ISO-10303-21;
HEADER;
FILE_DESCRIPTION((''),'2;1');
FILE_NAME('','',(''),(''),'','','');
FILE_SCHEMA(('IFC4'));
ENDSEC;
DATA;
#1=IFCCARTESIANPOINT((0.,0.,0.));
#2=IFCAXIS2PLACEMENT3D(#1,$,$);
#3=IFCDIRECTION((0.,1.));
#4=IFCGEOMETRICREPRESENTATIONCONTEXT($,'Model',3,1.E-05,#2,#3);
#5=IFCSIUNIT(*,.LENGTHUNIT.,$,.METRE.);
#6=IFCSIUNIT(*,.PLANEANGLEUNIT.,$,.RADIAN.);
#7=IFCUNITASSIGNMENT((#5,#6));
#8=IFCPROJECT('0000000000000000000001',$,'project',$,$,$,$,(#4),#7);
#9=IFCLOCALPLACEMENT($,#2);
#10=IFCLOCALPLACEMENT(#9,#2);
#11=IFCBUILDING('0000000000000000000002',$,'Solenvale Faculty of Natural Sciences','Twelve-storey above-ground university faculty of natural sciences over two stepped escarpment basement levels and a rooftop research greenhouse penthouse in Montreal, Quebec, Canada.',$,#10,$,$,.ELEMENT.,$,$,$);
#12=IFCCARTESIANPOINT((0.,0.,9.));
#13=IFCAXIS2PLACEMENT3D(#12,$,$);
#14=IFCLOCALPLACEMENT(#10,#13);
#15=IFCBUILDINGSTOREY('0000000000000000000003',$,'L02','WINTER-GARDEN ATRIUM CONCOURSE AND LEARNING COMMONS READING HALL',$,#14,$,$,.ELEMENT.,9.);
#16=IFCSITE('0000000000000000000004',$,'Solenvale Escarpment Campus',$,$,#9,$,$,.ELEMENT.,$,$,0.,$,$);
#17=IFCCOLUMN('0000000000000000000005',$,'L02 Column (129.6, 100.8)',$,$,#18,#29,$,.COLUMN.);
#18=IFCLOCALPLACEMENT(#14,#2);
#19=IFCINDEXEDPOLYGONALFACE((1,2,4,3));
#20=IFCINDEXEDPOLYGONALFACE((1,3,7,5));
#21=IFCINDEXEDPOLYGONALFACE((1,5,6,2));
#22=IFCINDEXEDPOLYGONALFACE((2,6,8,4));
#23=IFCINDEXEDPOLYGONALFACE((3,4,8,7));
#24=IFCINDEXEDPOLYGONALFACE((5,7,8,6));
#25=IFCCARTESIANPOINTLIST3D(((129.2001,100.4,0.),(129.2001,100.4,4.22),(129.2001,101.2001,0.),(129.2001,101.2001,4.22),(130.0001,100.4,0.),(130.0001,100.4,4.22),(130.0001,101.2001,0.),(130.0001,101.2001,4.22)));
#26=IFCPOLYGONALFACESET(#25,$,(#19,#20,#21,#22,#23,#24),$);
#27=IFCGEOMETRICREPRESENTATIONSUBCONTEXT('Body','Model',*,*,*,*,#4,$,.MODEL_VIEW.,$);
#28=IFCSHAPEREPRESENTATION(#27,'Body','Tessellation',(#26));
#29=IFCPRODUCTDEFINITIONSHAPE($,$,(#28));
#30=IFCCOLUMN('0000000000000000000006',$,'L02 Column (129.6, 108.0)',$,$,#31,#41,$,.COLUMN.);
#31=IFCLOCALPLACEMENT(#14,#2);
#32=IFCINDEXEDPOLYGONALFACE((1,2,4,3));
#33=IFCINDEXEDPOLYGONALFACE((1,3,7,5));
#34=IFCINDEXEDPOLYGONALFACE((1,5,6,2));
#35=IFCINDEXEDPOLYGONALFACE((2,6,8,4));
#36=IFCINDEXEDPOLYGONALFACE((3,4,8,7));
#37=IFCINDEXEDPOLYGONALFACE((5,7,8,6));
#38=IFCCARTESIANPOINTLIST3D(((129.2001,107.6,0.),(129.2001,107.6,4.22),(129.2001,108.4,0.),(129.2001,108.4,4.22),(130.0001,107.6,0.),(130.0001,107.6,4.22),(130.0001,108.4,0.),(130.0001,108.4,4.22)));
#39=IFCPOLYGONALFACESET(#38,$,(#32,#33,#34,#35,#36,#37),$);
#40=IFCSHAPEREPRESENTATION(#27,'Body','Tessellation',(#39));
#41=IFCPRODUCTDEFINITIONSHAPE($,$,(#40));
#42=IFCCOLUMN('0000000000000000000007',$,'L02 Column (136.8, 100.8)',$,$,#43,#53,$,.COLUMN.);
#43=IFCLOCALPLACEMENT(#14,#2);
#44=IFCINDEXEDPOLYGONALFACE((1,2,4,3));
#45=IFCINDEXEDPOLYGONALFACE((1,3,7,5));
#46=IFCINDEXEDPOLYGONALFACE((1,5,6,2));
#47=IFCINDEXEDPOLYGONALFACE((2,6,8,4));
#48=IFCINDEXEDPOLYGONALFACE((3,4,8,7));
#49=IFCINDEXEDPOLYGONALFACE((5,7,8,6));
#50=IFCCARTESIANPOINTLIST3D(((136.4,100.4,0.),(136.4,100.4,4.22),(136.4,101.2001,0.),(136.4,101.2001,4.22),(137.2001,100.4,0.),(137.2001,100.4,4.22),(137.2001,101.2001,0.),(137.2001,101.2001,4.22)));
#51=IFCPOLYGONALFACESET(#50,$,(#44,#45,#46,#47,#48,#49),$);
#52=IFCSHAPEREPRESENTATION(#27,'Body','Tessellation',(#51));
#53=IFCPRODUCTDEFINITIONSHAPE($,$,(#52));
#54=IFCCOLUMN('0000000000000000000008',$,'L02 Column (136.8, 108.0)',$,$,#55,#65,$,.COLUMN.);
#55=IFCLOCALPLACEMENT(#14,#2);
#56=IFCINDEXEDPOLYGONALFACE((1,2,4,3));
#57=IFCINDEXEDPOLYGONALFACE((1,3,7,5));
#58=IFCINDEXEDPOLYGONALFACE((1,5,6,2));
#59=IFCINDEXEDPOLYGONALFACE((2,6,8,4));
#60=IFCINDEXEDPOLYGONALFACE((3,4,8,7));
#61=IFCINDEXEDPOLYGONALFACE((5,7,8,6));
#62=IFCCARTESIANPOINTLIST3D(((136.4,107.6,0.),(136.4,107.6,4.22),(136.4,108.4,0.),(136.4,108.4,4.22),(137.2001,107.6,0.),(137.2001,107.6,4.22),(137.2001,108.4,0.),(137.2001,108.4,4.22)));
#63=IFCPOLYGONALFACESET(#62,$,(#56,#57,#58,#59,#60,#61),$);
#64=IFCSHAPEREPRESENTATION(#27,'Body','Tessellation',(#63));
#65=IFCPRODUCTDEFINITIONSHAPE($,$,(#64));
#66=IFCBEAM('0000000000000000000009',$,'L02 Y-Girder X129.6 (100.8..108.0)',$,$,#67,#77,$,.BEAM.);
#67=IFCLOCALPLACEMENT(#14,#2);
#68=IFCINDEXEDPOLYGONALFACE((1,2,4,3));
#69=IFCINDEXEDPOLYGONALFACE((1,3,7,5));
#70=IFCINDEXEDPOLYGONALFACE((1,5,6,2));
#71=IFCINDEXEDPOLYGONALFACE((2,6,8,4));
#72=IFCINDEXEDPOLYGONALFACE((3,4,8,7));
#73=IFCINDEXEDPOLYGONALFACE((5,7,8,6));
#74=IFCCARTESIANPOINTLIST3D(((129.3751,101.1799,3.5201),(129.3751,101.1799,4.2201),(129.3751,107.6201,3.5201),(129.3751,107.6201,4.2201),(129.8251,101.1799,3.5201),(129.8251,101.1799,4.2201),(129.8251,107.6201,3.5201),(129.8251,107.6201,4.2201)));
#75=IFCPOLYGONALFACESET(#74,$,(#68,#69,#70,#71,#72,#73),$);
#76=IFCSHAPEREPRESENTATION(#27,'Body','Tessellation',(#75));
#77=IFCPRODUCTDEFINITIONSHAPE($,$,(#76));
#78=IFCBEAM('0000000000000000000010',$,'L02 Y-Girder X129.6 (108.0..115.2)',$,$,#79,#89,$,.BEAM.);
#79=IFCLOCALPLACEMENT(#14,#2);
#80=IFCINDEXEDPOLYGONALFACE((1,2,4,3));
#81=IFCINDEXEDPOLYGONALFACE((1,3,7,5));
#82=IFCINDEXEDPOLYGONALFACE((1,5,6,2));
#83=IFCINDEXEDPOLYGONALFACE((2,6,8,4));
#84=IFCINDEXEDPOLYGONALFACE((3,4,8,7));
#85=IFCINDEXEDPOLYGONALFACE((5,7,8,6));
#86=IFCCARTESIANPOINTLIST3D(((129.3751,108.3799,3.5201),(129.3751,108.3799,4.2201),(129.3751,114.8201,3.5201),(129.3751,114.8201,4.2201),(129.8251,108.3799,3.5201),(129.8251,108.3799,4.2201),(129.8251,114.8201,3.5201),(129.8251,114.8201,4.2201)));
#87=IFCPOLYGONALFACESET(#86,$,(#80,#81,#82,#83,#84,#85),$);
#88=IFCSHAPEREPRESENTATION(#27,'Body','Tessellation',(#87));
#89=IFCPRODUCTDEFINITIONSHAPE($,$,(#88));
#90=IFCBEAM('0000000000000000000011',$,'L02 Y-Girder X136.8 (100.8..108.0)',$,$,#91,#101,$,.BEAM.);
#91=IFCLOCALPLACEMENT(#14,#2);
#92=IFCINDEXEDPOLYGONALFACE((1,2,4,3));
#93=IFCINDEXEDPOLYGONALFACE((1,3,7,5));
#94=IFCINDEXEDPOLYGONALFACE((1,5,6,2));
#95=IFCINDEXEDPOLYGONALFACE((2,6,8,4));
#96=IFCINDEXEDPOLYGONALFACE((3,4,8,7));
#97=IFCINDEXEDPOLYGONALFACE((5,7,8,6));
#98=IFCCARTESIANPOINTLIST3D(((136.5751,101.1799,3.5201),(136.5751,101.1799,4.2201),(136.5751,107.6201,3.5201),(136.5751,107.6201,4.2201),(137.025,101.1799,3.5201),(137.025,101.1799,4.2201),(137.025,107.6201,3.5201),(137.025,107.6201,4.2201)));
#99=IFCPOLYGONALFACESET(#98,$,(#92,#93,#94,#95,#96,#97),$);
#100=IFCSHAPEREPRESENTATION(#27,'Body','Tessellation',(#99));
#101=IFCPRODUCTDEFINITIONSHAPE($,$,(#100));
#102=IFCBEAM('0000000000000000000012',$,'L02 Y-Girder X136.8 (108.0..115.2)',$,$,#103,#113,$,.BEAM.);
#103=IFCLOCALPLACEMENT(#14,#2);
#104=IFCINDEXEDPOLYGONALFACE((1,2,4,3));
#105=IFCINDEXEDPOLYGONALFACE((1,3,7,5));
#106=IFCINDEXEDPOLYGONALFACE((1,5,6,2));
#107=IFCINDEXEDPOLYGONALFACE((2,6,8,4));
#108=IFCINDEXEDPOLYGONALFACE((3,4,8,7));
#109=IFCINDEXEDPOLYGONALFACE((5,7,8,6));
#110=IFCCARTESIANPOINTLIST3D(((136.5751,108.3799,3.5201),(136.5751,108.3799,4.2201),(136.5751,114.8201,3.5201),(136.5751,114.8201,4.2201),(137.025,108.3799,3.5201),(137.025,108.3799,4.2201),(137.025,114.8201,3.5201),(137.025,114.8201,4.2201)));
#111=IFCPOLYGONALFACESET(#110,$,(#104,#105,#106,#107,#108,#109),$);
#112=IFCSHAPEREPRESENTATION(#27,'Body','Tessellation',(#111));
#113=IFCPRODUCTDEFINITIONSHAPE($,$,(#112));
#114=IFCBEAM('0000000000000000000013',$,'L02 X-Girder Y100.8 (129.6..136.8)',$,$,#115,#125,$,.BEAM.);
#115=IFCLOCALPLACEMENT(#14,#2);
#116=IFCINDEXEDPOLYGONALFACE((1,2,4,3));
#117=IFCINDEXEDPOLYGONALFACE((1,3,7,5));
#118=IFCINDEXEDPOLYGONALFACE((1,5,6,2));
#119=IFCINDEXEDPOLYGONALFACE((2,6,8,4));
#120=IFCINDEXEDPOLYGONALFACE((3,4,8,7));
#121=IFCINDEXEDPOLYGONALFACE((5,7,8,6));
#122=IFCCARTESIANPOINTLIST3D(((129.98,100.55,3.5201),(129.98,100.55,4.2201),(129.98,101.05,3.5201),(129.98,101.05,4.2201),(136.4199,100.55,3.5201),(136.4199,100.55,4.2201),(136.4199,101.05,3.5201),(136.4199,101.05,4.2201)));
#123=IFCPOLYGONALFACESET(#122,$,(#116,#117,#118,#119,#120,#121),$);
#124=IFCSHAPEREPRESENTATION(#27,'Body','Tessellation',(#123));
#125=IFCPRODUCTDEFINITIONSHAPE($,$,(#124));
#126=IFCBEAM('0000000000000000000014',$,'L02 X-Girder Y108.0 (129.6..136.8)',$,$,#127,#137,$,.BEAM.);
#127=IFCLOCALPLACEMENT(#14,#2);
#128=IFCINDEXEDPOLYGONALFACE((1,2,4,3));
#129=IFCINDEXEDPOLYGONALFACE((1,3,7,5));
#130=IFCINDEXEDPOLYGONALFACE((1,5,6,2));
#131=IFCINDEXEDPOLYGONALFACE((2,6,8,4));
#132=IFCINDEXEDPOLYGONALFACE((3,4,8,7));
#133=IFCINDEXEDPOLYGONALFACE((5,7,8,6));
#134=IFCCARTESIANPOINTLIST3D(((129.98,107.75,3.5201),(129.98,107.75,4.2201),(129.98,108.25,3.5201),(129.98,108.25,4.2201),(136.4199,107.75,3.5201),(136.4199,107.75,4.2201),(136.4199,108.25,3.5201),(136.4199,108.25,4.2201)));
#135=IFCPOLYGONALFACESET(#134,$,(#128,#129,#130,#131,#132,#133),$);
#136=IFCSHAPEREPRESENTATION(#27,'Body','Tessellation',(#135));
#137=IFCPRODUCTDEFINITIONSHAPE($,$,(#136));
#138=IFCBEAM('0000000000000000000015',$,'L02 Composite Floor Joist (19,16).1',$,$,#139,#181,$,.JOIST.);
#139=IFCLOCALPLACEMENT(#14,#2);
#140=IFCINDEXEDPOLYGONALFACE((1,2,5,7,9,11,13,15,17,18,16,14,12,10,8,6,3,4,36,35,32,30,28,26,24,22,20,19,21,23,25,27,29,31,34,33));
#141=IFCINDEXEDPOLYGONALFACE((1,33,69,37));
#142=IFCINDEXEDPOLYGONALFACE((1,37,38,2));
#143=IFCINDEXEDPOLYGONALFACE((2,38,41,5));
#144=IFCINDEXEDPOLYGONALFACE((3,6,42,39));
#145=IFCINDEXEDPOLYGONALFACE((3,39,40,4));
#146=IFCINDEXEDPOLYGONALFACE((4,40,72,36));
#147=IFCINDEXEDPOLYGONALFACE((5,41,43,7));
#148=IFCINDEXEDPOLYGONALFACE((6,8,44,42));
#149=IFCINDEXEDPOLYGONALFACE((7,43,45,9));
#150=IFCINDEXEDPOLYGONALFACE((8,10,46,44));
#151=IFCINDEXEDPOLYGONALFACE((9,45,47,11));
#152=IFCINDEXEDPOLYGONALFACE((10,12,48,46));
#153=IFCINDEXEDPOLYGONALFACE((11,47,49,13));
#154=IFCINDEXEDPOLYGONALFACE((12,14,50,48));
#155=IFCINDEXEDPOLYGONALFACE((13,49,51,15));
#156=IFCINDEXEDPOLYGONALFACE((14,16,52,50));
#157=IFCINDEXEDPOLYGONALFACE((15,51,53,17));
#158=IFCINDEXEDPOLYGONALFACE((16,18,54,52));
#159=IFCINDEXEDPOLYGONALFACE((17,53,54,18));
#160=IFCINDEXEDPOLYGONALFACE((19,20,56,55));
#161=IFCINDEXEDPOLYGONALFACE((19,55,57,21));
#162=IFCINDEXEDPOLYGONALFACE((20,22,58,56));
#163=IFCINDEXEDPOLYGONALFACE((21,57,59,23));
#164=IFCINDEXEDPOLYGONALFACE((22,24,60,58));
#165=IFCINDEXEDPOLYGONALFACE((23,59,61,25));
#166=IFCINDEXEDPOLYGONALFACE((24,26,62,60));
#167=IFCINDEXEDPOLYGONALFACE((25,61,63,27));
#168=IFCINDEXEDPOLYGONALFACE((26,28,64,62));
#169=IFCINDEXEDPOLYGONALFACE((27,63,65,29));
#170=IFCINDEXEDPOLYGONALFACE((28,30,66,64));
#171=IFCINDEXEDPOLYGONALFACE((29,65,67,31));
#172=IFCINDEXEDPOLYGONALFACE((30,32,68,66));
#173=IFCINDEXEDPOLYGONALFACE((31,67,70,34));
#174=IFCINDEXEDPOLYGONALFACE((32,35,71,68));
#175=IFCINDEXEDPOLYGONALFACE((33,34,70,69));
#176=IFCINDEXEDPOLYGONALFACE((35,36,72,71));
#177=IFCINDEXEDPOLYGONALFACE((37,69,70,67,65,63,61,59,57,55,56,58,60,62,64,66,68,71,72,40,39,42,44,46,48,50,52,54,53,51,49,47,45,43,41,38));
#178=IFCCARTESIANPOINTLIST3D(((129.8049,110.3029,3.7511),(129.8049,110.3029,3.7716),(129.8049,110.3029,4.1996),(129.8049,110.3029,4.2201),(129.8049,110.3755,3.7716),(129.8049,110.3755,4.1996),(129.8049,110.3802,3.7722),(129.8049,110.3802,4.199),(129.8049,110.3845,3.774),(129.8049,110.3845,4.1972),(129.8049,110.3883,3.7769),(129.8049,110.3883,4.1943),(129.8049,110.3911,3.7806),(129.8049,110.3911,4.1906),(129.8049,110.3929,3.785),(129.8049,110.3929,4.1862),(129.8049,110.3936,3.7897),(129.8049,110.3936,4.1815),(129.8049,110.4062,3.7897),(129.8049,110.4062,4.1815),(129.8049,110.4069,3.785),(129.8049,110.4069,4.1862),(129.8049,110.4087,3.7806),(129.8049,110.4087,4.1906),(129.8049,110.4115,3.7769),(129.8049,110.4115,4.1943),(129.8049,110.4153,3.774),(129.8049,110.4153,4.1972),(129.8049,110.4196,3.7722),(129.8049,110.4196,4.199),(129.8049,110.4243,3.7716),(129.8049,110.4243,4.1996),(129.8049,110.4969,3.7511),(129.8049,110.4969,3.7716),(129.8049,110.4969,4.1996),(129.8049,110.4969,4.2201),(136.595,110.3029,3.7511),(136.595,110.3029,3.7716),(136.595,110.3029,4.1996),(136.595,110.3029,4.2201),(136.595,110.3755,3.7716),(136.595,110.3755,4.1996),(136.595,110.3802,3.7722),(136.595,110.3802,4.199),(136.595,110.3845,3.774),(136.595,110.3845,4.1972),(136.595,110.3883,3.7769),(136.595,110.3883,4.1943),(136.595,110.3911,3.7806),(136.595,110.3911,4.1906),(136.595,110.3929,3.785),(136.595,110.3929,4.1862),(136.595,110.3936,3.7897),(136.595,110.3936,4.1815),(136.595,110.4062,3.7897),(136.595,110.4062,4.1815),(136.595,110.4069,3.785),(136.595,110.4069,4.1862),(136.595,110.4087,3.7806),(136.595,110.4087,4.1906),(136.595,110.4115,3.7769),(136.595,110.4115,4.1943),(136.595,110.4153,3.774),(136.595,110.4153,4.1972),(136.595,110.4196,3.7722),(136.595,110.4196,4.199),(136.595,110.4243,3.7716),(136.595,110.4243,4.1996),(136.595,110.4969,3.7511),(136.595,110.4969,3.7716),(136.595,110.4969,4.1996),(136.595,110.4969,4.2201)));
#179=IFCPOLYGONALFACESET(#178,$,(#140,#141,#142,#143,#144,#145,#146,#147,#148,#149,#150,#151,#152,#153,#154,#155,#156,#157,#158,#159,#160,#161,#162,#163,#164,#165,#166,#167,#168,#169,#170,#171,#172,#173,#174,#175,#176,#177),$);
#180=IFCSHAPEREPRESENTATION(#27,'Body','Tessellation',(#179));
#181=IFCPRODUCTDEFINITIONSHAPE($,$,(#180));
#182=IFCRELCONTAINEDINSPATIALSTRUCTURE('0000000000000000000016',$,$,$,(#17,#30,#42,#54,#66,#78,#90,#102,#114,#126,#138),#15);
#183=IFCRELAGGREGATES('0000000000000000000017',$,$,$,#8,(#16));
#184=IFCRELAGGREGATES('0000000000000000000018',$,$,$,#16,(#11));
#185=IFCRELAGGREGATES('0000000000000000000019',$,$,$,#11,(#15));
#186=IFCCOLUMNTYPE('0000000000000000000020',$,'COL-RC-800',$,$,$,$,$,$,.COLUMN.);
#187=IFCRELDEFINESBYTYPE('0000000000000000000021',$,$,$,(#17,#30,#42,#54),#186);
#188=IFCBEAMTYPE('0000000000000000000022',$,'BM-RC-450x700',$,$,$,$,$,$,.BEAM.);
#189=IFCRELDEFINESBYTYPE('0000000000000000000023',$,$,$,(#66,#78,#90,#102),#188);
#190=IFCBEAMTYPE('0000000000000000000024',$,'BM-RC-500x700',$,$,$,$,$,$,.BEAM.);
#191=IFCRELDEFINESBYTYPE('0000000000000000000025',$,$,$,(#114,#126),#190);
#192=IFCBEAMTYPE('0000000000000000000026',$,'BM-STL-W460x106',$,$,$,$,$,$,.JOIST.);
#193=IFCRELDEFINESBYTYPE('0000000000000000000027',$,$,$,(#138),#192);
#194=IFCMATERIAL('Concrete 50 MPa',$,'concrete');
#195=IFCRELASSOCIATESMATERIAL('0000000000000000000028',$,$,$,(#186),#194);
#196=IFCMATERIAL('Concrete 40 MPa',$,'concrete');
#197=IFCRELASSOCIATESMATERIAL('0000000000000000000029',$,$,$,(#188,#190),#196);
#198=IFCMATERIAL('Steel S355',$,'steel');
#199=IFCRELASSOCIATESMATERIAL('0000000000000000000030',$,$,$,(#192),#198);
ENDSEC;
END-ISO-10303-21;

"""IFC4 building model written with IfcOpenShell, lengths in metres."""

from ifc_helpers import new_model, si_unit, direction, frame, origin, origin_2d, place, context, subcontext, project, spatial, rectangle, i_section, extrude, material, material_profile, profile_set, type_object, element, save


model = new_model("IFC4")

# Units and contexts
model_context = context("Model", 3, precision=1e-05, world=origin(), true_north=direction((0.0, 1.0)))
body_context = subcontext(model_context, "Body", "Model", "MODEL_VIEW")
ifc_project = project(units=[si_unit("LENGTHUNIT", "METRE"), si_unit("PLANEANGLEUNIT", "RADIAN")], contexts=[model_context])

# Site, building, storey
site_placement = place(None, origin())
site = spatial("IfcSite", under=ifc_project, at=site_placement, Name="Solenvale Escarpment Campus", CompositionType="ELEMENT", RefElevation=0.0)
building_placement = place(site_placement, origin())
building = spatial("IfcBuilding", under=site, at=building_placement, Name="Solenvale Faculty of Natural Sciences", Description="Twelve-storey above-ground university faculty of natural sciences over two stepped escarpment basement levels and a rooftop research greenhouse penthouse in Montreal, Quebec, Canada.", CompositionType="ELEMENT")
storey_placement = place(building_placement, frame((0.0, 0.0, 9.0)))
storey = spatial("IfcBuildingStorey", under=building, at=storey_placement, Name="L02", Description="WINTER-GARDEN ATRIUM CONCOURSE AND LEARNING COMMONS READING HALL", CompositionType="ELEMENT", Elevation=9.0)

# Columns
ifc_material_1 = material(Name="Concrete 50 MPa", Category="concrete")
ifc_material_profile_1 = material_profile(ifc_material_1, rectangle(XDim=0.8, YDim=0.8, at=origin_2d()), Name="RC-COL-800x800")
ifc_profile_set_1 = profile_set([ifc_material_profile_1], Name="Concrete 50 MPa")
column_type = type_object("IfcColumnType", Name="COL-RC-800", PredefinedType="COLUMN", material=ifc_profile_set_1)
for number, where, z_axis, x_axis, name in (
    (1, (129.6001, 100.8, 0.0), (0.0, 0.0, 1.0), (1.0, 0.0, 0.0), "L02 Column (129.6, 100.8)"),
    (2, (129.6001, 108.0, 0.0), (0.0, 0.0, 1.0), (1.0, 0.0, 0.0), "L02 Column (129.6, 108.0)"),
    (3, (136.8, 100.8, 0.0), (0.0, 0.0, 1.0), (1.0, 0.0, 0.0), "L02 Column (136.8, 100.8)"),
    (4, (136.8, 108.0, 0.0), (0.0, 0.0, 1.0), (1.0, 0.0, 0.0), "L02 Column (136.8, 108.0)"),
):
    element("IfcColumn", number, at=place(storey_placement, frame(where, z_axis=z_axis, x_axis=x_axis)), inside=storey, type_object=column_type, Name=name, PredefinedType="COLUMN", context=body_context, shape_type="SweptSolid", body=[
        extrude(rectangle(XDim=0.8, YDim=0.8, at=origin_2d()), origin(), (0.0, 0.0, 1.0), 4.22),
    ])

# Beams
ifc_material_2 = material(Name="Concrete 40 MPa", Category="concrete")
ifc_material_profile_2 = material_profile(ifc_material_2, rectangle(XDim=0.45, YDim=0.7, at=origin_2d()), Name="RC-BM-450x700")
ifc_profile_set_2 = profile_set([ifc_material_profile_2], Name="Concrete 40 MPa")
beam_type_1 = type_object("IfcBeamType", Name="BM-RC-450x700", PredefinedType="BEAM", material=ifc_profile_set_2)
for number, where, z_axis, x_axis, name in (
    (5, (129.6001, 101.1799, 3.8701), (0.0, 1.0, 0.0), (-1.0, 0.0, 0.0), "L02 Y-Girder X129.6 (100.8..108.0)"),
    (6, (129.6001, 108.3799, 3.8701), (0.0, 1.0, 0.0), (-1.0, 0.0, 0.0), "L02 Y-Girder X129.6 (108.0..115.2)"),
    (7, (136.8, 101.1799, 3.8701), (0.0, 1.0, 0.0), (-1.0, 0.0, 0.0), "L02 Y-Girder X136.8 (100.8..108.0)"),
    (8, (136.8, 108.3799, 3.8701), (0.0, 1.0, 0.0), (-1.0, 0.0, 0.0), "L02 Y-Girder X136.8 (108.0..115.2)"),
):
    element("IfcBeam", number, at=place(storey_placement, frame(where, z_axis=z_axis, x_axis=x_axis)), inside=storey, type_object=beam_type_1, Name=name, PredefinedType="BEAM", context=body_context, shape_type="SweptSolid", body=[
        extrude(rectangle(XDim=0.45, YDim=0.7, at=origin_2d()), origin(), (0.0, 0.0, 1.0), 6.4402),
    ])
ifc_material_profile_3 = material_profile(ifc_material_2, rectangle(XDim=0.5, YDim=0.7, at=origin_2d()), Name="RC-BM-500x700")
ifc_profile_set_3 = profile_set([ifc_material_profile_3], Name="Concrete 40 MPa")
beam_type_2 = type_object("IfcBeamType", Name="BM-RC-500x700", PredefinedType="BEAM", material=ifc_profile_set_3)
for number, where, z_axis, x_axis, name in (
    (9, (129.98, 100.8, 3.8701), (1.0, 0.0, 0.0), (0.0, 1.0, 0.0), "L02 X-Girder Y100.8 (129.6..136.8)"),
    (10, (129.98, 108.0, 3.8701), (1.0, 0.0, 0.0), (0.0, 1.0, 0.0), "L02 X-Girder Y108.0 (129.6..136.8)"),
):
    element("IfcBeam", number, at=place(storey_placement, frame(where, z_axis=z_axis, x_axis=x_axis)), inside=storey, type_object=beam_type_2, Name=name, PredefinedType="BEAM", context=body_context, shape_type="SweptSolid", body=[
        extrude(rectangle(XDim=0.5, YDim=0.7, at=origin_2d()), origin(), (0.0, 0.0, 1.0), 6.4399),
    ])
ifc_material_3 = material(Name="Steel S355", Category="steel")
ifc_material_profile_4 = material_profile(ifc_material_3, i_section(OverallWidth=0.1941, OverallDepth=0.469, WebThickness=0.0127, FlangeThickness=0.0205, FilletRadius=0.0181, at=origin_2d()), Name="W460x106")
ifc_profile_set_4 = profile_set([ifc_material_profile_4], Name="Steel S355")
beam_type_3 = type_object("IfcBeamType", Name="BM-STL-W460x106", PredefinedType="JOIST", material=ifc_profile_set_4)
for number, where, z_axis, x_axis, name in (
    (11, (129.8049, 110.3999, 3.9856), (1.0, 0.0, 0.0), (0.0, 1.0, 0.0), "L02 Composite Floor Joist (19,16).1"),
):
    element("IfcBeam", number, at=place(storey_placement, frame(where, z_axis=z_axis, x_axis=x_axis)), inside=storey, type_object=beam_type_3, Name=name, PredefinedType="JOIST", context=body_context, shape_type="SweptSolid", body=[
        extrude(i_section(OverallWidth=0.1941, OverallDepth=0.469, WebThickness=0.0127, FlangeThickness=0.0205, FilletRadius=0.0181, at=origin_2d()), origin(), (0.0, 0.0, 1.0), 6.79),
    ])

save(model, "model.ifc")
